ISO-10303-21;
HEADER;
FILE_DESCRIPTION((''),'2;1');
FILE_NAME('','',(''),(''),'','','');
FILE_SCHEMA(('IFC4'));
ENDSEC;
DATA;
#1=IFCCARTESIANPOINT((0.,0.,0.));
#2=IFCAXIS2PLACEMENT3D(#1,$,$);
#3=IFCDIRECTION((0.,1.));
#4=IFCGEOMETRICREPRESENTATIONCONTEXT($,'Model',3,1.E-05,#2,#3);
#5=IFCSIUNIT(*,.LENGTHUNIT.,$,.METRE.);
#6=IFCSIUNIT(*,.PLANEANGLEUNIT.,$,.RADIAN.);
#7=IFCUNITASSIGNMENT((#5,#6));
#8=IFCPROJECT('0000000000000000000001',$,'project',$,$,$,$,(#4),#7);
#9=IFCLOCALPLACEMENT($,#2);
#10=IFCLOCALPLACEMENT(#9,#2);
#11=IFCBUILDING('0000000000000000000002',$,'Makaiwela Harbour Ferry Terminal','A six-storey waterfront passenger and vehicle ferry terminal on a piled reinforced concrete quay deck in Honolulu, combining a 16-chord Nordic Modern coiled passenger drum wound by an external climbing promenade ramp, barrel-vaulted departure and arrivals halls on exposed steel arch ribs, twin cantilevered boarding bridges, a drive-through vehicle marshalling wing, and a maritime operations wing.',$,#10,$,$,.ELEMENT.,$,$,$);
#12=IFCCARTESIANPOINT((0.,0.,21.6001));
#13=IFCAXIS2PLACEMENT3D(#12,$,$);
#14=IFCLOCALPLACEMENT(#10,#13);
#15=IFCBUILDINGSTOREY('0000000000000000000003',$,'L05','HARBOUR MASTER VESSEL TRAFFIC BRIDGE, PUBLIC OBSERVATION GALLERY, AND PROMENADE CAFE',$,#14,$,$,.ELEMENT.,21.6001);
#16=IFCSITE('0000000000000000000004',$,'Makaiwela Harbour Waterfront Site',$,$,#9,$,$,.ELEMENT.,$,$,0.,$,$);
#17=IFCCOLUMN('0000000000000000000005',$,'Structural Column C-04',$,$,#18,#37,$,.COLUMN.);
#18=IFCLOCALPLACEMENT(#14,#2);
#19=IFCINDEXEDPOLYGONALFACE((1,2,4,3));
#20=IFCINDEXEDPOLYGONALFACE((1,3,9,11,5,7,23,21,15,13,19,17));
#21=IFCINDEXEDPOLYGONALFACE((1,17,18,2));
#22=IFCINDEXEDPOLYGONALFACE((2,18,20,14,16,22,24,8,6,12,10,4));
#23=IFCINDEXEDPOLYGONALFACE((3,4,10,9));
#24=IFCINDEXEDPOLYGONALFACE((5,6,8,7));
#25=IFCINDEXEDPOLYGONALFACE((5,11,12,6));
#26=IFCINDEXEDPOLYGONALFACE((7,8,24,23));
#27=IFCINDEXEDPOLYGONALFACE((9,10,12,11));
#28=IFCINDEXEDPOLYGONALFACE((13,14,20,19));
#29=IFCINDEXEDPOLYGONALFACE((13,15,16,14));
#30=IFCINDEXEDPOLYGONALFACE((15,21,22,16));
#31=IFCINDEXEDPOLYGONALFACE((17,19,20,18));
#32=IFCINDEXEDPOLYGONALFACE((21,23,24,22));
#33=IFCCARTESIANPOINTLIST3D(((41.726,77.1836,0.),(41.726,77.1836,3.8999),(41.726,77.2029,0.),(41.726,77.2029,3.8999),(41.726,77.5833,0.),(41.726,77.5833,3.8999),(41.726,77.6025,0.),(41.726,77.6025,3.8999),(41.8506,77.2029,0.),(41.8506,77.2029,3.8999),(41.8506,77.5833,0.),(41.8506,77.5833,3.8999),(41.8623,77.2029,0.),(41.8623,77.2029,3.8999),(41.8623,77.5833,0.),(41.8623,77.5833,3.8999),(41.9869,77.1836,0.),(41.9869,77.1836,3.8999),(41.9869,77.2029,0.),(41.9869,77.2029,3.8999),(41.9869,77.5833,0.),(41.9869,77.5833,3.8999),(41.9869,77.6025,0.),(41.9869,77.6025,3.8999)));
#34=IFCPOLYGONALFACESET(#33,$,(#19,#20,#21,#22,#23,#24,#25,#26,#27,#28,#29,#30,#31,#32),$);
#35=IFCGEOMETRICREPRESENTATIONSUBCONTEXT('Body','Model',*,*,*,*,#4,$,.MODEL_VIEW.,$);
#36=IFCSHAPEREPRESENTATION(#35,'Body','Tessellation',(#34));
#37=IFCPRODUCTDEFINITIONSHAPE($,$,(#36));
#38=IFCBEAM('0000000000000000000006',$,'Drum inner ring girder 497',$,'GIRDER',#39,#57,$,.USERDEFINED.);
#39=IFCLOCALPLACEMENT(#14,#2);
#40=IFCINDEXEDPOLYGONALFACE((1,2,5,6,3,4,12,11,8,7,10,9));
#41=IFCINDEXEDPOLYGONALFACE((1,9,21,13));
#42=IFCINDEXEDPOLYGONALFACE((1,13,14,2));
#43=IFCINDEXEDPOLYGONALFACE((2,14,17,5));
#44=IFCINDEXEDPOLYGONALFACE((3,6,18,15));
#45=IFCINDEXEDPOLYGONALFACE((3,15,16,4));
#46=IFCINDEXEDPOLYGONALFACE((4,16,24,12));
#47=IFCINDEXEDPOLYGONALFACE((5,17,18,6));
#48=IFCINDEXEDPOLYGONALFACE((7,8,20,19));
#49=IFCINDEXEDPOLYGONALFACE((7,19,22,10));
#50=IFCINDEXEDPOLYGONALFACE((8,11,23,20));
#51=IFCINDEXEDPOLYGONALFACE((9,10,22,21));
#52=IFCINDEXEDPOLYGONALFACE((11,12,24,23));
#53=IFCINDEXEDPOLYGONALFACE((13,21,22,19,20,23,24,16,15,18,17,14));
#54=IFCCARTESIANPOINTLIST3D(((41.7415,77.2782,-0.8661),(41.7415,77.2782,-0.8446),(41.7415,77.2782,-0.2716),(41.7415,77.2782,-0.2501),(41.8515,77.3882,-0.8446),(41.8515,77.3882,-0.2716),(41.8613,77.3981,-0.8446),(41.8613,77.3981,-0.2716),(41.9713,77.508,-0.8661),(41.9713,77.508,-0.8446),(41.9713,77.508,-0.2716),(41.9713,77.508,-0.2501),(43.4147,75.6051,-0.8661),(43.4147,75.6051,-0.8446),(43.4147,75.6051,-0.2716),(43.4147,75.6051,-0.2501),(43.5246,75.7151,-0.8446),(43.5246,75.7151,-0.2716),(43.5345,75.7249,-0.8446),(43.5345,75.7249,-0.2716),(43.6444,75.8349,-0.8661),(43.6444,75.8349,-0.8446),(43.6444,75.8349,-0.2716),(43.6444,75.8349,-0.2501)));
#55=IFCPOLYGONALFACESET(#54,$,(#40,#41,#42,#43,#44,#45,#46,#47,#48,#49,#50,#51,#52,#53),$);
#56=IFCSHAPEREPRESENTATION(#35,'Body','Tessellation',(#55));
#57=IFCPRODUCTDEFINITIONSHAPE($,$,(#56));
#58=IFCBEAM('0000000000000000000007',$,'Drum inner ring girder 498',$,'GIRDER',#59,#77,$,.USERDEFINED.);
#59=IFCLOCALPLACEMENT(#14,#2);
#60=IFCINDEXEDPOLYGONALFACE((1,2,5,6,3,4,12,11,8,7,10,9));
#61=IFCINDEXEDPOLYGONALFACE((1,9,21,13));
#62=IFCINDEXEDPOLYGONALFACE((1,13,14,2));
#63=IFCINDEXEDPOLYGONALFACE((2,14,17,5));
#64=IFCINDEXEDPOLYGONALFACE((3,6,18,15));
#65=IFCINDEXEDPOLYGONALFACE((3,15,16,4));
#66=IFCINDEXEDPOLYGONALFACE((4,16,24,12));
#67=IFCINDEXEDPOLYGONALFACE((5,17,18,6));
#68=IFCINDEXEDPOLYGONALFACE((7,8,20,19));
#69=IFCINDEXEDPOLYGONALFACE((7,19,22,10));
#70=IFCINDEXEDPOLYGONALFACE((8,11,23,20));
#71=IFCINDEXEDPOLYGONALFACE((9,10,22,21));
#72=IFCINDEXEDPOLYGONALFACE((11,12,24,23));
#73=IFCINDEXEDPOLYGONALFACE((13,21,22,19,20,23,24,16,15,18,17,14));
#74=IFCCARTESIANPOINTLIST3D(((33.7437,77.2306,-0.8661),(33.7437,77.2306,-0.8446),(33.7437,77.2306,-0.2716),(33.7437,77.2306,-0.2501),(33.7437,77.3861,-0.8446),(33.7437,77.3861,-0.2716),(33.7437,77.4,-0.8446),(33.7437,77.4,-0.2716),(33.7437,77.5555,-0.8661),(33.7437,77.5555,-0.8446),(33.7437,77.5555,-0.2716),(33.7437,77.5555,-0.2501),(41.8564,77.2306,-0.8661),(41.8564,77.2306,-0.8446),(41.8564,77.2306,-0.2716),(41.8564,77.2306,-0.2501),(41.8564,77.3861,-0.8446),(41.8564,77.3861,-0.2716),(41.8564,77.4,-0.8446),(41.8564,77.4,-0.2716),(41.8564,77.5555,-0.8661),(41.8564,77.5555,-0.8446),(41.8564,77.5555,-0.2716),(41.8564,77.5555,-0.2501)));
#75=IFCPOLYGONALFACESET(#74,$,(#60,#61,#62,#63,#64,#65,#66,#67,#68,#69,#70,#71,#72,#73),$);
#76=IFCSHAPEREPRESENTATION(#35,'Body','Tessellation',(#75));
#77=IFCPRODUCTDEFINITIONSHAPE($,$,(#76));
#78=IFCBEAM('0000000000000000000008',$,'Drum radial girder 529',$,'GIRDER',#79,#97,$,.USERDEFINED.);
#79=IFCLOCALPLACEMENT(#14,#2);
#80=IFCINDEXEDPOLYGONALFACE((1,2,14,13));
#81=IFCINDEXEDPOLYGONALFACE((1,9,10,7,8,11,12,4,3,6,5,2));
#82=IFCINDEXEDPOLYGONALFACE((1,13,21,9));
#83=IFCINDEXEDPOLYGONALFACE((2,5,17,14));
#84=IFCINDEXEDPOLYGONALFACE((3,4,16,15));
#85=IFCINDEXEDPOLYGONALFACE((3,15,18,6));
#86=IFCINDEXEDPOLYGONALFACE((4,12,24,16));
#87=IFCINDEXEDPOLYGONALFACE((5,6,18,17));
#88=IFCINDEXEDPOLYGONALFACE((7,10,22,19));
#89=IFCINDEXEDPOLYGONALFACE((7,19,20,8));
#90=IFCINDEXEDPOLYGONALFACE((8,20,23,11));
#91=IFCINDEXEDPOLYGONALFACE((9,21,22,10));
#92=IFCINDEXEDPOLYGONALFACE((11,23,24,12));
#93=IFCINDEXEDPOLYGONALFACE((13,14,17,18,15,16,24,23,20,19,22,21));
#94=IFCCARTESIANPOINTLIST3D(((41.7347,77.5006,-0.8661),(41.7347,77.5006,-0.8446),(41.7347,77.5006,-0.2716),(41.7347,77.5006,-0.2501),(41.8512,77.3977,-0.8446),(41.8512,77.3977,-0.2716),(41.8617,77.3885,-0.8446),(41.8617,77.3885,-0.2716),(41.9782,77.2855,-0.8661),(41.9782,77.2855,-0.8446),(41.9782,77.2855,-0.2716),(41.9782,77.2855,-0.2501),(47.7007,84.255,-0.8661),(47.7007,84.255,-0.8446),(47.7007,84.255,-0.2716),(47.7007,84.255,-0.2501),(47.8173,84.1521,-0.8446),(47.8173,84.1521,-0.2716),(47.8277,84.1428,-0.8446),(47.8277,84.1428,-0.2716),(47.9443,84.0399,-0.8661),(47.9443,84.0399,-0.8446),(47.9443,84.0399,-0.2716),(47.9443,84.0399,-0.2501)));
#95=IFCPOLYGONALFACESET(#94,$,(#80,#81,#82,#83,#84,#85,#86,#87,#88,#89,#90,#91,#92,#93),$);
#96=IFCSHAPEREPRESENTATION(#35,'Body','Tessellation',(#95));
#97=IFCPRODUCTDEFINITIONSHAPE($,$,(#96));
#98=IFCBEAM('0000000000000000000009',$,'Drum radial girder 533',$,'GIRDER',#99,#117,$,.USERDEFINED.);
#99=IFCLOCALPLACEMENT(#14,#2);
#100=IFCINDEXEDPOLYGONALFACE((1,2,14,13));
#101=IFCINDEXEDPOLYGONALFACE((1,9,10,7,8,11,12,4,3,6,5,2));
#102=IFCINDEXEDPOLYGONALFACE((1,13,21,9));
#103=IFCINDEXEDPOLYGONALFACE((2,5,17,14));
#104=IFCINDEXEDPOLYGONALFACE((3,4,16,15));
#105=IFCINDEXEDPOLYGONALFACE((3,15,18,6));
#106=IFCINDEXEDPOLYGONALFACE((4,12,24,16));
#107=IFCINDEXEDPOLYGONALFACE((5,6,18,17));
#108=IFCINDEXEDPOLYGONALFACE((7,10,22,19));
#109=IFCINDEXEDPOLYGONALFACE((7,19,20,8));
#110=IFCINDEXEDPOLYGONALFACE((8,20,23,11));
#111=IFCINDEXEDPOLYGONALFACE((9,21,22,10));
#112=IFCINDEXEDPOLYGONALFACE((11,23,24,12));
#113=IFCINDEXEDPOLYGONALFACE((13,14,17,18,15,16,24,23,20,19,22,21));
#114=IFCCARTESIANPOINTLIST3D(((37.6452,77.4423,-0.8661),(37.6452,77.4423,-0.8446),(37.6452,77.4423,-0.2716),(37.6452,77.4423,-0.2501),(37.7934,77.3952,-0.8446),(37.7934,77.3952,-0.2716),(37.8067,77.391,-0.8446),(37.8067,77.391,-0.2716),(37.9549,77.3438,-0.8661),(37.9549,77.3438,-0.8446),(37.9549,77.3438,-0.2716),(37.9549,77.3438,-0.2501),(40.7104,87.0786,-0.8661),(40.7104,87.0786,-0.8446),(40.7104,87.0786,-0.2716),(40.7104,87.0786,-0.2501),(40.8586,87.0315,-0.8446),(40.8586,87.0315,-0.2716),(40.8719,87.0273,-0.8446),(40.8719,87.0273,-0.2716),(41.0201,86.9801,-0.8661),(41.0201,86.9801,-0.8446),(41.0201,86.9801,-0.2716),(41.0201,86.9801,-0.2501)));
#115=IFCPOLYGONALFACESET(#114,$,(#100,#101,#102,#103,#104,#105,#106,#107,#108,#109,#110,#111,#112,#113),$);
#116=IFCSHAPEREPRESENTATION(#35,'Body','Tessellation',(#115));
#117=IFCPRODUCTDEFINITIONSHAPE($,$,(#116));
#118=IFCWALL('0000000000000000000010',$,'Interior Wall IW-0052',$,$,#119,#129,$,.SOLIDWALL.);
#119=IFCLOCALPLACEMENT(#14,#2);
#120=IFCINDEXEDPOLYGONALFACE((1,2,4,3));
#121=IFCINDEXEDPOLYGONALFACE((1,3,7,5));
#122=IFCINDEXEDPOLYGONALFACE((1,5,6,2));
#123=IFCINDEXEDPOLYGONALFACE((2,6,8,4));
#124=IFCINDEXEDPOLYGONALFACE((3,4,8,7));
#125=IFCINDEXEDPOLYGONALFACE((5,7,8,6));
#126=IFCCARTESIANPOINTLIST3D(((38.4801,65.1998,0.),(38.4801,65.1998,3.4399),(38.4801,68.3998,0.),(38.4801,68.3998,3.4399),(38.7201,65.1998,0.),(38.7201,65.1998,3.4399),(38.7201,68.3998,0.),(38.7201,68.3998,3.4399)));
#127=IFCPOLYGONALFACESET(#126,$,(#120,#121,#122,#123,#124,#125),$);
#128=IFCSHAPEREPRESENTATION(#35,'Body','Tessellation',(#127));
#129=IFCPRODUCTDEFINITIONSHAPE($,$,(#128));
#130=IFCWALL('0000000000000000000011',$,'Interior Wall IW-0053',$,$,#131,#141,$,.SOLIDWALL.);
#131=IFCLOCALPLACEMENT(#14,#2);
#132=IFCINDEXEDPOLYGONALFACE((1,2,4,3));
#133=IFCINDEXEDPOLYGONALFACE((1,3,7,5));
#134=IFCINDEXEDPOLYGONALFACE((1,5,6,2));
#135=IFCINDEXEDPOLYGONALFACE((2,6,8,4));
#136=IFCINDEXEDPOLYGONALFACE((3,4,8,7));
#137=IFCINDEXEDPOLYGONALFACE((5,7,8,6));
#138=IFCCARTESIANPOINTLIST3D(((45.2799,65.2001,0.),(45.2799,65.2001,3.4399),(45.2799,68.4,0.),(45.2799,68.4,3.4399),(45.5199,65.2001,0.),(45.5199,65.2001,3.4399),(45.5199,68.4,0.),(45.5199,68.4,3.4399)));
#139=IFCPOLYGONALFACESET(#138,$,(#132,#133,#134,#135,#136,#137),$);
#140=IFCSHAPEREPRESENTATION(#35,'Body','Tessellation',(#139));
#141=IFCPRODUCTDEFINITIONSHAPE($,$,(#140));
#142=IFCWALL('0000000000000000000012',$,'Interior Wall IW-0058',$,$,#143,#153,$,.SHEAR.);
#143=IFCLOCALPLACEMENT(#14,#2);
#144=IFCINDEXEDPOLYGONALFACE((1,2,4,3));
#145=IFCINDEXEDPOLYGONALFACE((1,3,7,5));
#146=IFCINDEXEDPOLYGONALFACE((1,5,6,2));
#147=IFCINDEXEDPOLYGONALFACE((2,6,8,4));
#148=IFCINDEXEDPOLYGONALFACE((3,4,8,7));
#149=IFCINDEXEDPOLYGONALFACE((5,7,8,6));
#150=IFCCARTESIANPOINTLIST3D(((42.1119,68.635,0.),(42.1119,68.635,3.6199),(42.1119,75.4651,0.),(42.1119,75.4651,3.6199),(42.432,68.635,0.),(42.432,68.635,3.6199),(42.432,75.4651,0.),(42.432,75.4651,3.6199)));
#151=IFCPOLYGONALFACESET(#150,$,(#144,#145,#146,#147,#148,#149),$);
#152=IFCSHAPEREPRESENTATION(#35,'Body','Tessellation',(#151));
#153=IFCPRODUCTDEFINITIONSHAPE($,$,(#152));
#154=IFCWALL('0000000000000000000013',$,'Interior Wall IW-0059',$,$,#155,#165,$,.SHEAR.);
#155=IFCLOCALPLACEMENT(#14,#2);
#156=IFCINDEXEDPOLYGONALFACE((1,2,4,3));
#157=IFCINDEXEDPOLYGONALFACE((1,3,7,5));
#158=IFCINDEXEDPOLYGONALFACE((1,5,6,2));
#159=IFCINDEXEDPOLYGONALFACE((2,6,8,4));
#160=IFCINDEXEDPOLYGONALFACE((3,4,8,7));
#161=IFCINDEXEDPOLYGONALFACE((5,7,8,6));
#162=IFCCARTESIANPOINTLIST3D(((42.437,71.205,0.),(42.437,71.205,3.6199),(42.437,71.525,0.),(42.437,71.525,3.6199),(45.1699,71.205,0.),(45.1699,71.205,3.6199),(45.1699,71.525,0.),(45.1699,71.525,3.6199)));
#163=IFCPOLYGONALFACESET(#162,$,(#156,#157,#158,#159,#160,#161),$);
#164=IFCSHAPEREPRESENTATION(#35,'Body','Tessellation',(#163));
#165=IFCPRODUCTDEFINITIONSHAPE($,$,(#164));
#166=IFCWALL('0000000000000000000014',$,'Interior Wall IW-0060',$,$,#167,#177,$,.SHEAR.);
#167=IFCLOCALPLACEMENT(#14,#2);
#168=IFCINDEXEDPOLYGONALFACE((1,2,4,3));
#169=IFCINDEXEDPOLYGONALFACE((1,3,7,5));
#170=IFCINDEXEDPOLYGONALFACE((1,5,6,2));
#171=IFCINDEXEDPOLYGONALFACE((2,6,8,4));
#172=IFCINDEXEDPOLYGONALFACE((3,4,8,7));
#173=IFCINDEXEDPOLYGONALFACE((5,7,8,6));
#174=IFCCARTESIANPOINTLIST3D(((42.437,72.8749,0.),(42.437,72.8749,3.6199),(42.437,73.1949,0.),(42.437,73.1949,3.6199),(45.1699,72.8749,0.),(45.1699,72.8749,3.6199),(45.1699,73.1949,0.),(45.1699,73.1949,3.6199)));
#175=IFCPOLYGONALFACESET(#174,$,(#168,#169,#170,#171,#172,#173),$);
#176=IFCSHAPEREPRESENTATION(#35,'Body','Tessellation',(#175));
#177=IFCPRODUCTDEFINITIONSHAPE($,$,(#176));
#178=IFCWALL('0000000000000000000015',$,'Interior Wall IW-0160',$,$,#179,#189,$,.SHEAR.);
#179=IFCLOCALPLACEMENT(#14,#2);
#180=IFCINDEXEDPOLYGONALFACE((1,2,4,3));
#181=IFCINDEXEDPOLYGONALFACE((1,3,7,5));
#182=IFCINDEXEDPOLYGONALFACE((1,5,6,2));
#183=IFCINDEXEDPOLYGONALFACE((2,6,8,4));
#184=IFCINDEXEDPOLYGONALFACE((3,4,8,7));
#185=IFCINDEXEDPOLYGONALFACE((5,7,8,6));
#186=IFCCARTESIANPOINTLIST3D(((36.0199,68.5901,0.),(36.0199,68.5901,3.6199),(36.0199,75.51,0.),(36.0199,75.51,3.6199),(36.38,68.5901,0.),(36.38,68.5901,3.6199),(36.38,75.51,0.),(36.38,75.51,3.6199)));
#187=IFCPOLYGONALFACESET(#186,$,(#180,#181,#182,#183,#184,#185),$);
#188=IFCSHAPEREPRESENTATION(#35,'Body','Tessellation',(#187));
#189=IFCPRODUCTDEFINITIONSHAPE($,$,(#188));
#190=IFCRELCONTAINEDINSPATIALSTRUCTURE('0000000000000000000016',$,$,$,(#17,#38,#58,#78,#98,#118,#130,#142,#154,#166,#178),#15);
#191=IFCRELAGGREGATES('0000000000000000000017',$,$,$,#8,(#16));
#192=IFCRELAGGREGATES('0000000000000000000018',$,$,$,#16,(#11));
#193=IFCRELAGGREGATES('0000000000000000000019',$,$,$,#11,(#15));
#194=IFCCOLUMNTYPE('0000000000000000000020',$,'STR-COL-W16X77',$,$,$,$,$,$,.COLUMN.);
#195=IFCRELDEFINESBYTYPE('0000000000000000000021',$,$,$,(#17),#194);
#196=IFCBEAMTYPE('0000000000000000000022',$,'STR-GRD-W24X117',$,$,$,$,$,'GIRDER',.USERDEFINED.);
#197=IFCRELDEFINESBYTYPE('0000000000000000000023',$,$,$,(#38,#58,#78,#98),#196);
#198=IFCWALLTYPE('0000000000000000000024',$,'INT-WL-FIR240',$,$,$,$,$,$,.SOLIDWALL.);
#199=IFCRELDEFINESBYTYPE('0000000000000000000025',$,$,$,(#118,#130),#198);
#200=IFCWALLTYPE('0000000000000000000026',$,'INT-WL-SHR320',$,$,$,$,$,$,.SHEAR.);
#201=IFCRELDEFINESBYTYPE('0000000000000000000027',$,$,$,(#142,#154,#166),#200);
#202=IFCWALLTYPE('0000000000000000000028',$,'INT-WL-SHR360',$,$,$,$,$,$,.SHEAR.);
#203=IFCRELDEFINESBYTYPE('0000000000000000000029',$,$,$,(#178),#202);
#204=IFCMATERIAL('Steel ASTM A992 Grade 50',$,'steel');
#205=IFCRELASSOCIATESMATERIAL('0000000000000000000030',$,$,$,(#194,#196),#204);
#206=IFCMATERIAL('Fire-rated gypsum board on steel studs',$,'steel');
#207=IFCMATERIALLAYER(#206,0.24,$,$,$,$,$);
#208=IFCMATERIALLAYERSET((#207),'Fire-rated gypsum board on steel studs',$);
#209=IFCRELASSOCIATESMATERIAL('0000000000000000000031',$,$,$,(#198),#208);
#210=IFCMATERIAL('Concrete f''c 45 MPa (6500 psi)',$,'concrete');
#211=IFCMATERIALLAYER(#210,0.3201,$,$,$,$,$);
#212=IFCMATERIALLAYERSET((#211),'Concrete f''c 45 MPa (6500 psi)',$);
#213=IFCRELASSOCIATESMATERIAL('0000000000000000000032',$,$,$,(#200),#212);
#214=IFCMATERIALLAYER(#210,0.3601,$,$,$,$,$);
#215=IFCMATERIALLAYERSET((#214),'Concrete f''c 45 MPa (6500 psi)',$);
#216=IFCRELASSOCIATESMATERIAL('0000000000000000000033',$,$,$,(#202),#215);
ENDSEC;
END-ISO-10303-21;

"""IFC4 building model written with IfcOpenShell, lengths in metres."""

from ifc_helpers import new_model, si_unit, direction, frame, frame_2d, origin, origin_2d, place, context, subcontext, project, spatial, rectangle, i_section, extrude, material, layer, layer_set, material_profile, profile_set, type_object, element, save


model = new_model("IFC4")

# Units and contexts
model_context = context("Model", 3, precision=1e-05, world=origin(), true_north=direction((0.0, 1.0)))
body_context = subcontext(model_context, "Body", "Model", "MODEL_VIEW")
ifc_project = project(units=[si_unit("LENGTHUNIT", "METRE"), si_unit("PLANEANGLEUNIT", "RADIAN")], contexts=[model_context])

# Site, building, storey
site_placement = place(None, origin())
site = spatial("IfcSite", under=ifc_project, at=site_placement, Name="Makaiwela Harbour Waterfront Site", CompositionType="ELEMENT", RefElevation=0.0)
building_placement = place(site_placement, origin())
building = spatial("IfcBuilding", under=site, at=building_placement, Name="Makaiwela Harbour Ferry Terminal", Description="A six-storey waterfront passenger and vehicle ferry terminal on a piled reinforced concrete quay deck in Honolulu, combining a 16-chord Nordic Modern coiled passenger drum wound by an external climbing promenade ramp, barrel-vaulted departure and arrivals halls on exposed steel arch ribs, twin cantilevered boarding bridges, a drive-through vehicle marshalling wing, and a maritime operations wing.", CompositionType="ELEMENT")
storey_placement = place(building_placement, frame((0.0, 0.0, 21.6001)))
storey = spatial("IfcBuildingStorey", under=building, at=storey_placement, Name="L05", Description="HARBOUR MASTER VESSEL TRAFFIC BRIDGE, PUBLIC OBSERVATION GALLERY, AND PROMENADE CAFE", CompositionType="ELEMENT", Elevation=21.6001)

# Column
ifc_material_1 = material(Name="Steel ASTM A992 Grade 50", Category="steel")
ifc_material_profile_1 = material_profile(ifc_material_1, i_section(OverallWidth=0.261, OverallDepth=0.4189, WebThickness=0.0117, FlangeThickness=0.0193, at=origin_2d()), Name="W16X77")
ifc_profile_set_1 = profile_set([ifc_material_profile_1], Name="Steel ASTM A992 Grade 50")
column_type = type_object("IfcColumnType", Name="STR-COL-W16X77", PredefinedType="COLUMN", material=ifc_profile_set_1)
column_placement = place(storey_placement, frame((41.8564, 77.3931, 0.0), z_axis=(0.0, 0.0, 1.0), x_axis=(1.0, 0.0, 0.0)))
element("IfcColumn", 1, at=column_placement, inside=storey, type_object=column_type, Name="Structural Column C-04", PredefinedType="COLUMN", context=body_context, shape_type="SweptSolid", body=[
    extrude(i_section(OverallWidth=0.261, OverallDepth=0.4189, WebThickness=0.0117, FlangeThickness=0.0193, at=origin_2d()), origin(), (0.0, 0.0, 1.0), 3.8999),
])

# Beams
ifc_material_profile_2 = material_profile(ifc_material_1, i_section(OverallWidth=0.325, OverallDepth=0.616, WebThickness=0.0139, FlangeThickness=0.0215, at=origin_2d()), Name="W24X117")
ifc_profile_set_2 = profile_set([ifc_material_profile_2], Name="Steel ASTM A992 Grade 50")
beam_type = type_object("IfcBeamType", Name="STR-GRD-W24X117", ElementType="GIRDER", PredefinedType="USERDEFINED", material=ifc_profile_set_2)
beam_1_placement = place(storey_placement, frame((43.5295, 75.72, -0.5581), z_axis=(-0.707107, 0.707107, 0.0), x_axis=(-0.707107, -0.707107, 0.0)))
element("IfcBeam", 2, at=beam_1_placement, inside=storey, type_object=beam_type, Name="Drum inner ring girder 497", ObjectType="GIRDER", PredefinedType="USERDEFINED", context=body_context, shape_type="SweptSolid", body=[
    extrude(i_section(OverallWidth=0.325, OverallDepth=0.616, WebThickness=0.0139, FlangeThickness=0.0215, at=origin_2d()), origin(), (0.0, 0.0, 1.0), 2.3662),
])
beam_2_placement = place(storey_placement, frame((41.8564, 77.3931, -0.5581), z_axis=(-1.0, 0.0, 0.0), x_axis=(0.0, -1.0, 0.0)))
element("IfcBeam", 3, at=beam_2_placement, inside=storey, type_object=beam_type, Name="Drum inner ring girder 498", ObjectType="GIRDER", PredefinedType="USERDEFINED", context=body_context, shape_type="SweptSolid", body=[
    extrude(i_section(OverallWidth=0.325, OverallDepth=0.616, WebThickness=0.0139, FlangeThickness=0.0215, at=origin_2d()), origin(), (0.0, 0.0, 1.0), 8.1128),
])
beam_3_placement = place(storey_placement, frame((41.8564, 77.3931, -0.5581), z_axis=(0.662015, 0.749491, 0.0), x_axis=(-0.749491, 0.662015, 0.0)))
element("IfcBeam", 4, at=beam_3_placement, inside=storey, type_object=beam_type, Name="Drum radial girder 529", ObjectType="GIRDER", PredefinedType="USERDEFINED", context=body_context, shape_type="SweptSolid", body=[
    extrude(i_section(OverallWidth=0.325, OverallDepth=0.616, WebThickness=0.0139, FlangeThickness=0.0215, at=origin_2d()), origin(), (0.0, 0.0, 1.0), 9.012),
])
beam_4_placement = place(storey_placement, frame((37.8, 77.3931, -0.5581), z_axis=(0.303124, 0.952951, 0.0), x_axis=(-0.952951, 0.303124, 0.0)))
element("IfcBeam", 5, at=beam_4_placement, inside=storey, type_object=beam_type, Name="Drum radial girder 533", ObjectType="GIRDER", PredefinedType="USERDEFINED", context=body_context, shape_type="SweptSolid", body=[
    extrude(i_section(OverallWidth=0.325, OverallDepth=0.616, WebThickness=0.0139, FlangeThickness=0.0215, at=origin_2d()), origin(), (0.0, 0.0, 1.0), 10.1121),
])

# Walls
ifc_material_2 = material(Name="Fire-rated gypsum board on steel studs", Category="steel")
ifc_layer_1 = layer(ifc_material_2, 0.24)
ifc_layer_set_1 = layer_set([ifc_layer_1], Name="Fire-rated gypsum board on steel studs")
wall_type_1 = type_object("IfcWallType", Name="INT-WL-FIR240", PredefinedType="SOLIDWALL", material=ifc_layer_set_1)
for number, where, z_axis, x_axis, name in (
    (6, (38.6001, 68.3999, 0.0), (0.0, 0.0, 1.0), (0.0, -1.0, 0.0), "Interior Wall IW-0052"),
    (7, (45.3999, 65.2, 0.0), (0.0, 0.0, 1.0), (0.0, 1.0, 0.0), "Interior Wall IW-0053"),
):
    element("IfcWall", number, at=place(storey_placement, frame(where, z_axis=z_axis, x_axis=x_axis)), inside=storey, type_object=wall_type_1, Name=name, PredefinedType="SOLIDWALL", context=body_context, shape_type="SweptSolid", body=[
        extrude(rectangle(XDim=3.2, YDim=0.24, at=frame_2d((1.6001, 0.0))), origin(), (0.0, 0.0, 1.0), 3.4399),
    ])
ifc_material_3 = material(Name="Concrete f'c 45 MPa (6500 psi)", Category="concrete")
ifc_layer_2 = layer(ifc_material_3, 0.3201)
ifc_layer_set_2 = layer_set([ifc_layer_2], Name="Concrete f'c 45 MPa (6500 psi)")
wall_type_2 = type_object("IfcWallType", Name="INT-WL-SHR320", PredefinedType="SHEAR", material=ifc_layer_set_2)
wall_1_placement = place(storey_placement, frame((42.272, 68.635, 0.0), z_axis=(0.0, 0.0, 1.0), x_axis=(0.0, 1.0, 0.0)))
element("IfcWall", 8, at=wall_1_placement, inside=storey, type_object=wall_type_2, Name="Interior Wall IW-0058", PredefinedType="SHEAR", context=body_context, shape_type="SweptSolid", body=[
    extrude(rectangle(XDim=6.8301, YDim=0.3201, at=frame_2d((3.415, 0.0))), origin(), (0.0, 0.0, 1.0), 3.6199),
])
for number, where, z_axis, x_axis, name in (
    (9, (42.437, 71.365, 0.0), (0.0, 0.0, 1.0), (1.0, 0.0, 0.0), "Interior Wall IW-0059"),
    (10, (42.437, 73.0349, 0.0), (0.0, 0.0, 1.0), (1.0, 0.0, 0.0), "Interior Wall IW-0060"),
):
    element("IfcWall", number, at=place(storey_placement, frame(where, z_axis=z_axis, x_axis=x_axis)), inside=storey, type_object=wall_type_2, Name=name, PredefinedType="SHEAR", context=body_context, shape_type="SweptSolid", body=[
        extrude(rectangle(XDim=2.7329, YDim=0.3201, at=frame_2d((1.3665, 0.0))), origin(), (0.0, 0.0, 1.0), 3.6199),
    ])
ifc_layer_3 = layer(ifc_material_3, 0.3601)
ifc_layer_set_3 = layer_set([ifc_layer_3], Name="Concrete f'c 45 MPa (6500 psi)")
wall_type_3 = type_object("IfcWallType", Name="INT-WL-SHR360", PredefinedType="SHEAR", material=ifc_layer_set_3)
wall_2_placement = place(storey_placement, frame((36.2, 68.5901, 0.0), z_axis=(0.0, 0.0, 1.0), x_axis=(0.0, 1.0, 0.0)))
element("IfcWall", 11, at=wall_2_placement, inside=storey, type_object=wall_type_3, Name="Interior Wall IW-0160", PredefinedType="SHEAR", context=body_context, shape_type="SweptSolid", body=[
    extrude(rectangle(XDim=6.9199, YDim=0.3601, at=frame_2d((3.46, 0.0))), origin(), (0.0, 0.0, 1.0), 3.6199),
])

save(model, "model.ifc")
